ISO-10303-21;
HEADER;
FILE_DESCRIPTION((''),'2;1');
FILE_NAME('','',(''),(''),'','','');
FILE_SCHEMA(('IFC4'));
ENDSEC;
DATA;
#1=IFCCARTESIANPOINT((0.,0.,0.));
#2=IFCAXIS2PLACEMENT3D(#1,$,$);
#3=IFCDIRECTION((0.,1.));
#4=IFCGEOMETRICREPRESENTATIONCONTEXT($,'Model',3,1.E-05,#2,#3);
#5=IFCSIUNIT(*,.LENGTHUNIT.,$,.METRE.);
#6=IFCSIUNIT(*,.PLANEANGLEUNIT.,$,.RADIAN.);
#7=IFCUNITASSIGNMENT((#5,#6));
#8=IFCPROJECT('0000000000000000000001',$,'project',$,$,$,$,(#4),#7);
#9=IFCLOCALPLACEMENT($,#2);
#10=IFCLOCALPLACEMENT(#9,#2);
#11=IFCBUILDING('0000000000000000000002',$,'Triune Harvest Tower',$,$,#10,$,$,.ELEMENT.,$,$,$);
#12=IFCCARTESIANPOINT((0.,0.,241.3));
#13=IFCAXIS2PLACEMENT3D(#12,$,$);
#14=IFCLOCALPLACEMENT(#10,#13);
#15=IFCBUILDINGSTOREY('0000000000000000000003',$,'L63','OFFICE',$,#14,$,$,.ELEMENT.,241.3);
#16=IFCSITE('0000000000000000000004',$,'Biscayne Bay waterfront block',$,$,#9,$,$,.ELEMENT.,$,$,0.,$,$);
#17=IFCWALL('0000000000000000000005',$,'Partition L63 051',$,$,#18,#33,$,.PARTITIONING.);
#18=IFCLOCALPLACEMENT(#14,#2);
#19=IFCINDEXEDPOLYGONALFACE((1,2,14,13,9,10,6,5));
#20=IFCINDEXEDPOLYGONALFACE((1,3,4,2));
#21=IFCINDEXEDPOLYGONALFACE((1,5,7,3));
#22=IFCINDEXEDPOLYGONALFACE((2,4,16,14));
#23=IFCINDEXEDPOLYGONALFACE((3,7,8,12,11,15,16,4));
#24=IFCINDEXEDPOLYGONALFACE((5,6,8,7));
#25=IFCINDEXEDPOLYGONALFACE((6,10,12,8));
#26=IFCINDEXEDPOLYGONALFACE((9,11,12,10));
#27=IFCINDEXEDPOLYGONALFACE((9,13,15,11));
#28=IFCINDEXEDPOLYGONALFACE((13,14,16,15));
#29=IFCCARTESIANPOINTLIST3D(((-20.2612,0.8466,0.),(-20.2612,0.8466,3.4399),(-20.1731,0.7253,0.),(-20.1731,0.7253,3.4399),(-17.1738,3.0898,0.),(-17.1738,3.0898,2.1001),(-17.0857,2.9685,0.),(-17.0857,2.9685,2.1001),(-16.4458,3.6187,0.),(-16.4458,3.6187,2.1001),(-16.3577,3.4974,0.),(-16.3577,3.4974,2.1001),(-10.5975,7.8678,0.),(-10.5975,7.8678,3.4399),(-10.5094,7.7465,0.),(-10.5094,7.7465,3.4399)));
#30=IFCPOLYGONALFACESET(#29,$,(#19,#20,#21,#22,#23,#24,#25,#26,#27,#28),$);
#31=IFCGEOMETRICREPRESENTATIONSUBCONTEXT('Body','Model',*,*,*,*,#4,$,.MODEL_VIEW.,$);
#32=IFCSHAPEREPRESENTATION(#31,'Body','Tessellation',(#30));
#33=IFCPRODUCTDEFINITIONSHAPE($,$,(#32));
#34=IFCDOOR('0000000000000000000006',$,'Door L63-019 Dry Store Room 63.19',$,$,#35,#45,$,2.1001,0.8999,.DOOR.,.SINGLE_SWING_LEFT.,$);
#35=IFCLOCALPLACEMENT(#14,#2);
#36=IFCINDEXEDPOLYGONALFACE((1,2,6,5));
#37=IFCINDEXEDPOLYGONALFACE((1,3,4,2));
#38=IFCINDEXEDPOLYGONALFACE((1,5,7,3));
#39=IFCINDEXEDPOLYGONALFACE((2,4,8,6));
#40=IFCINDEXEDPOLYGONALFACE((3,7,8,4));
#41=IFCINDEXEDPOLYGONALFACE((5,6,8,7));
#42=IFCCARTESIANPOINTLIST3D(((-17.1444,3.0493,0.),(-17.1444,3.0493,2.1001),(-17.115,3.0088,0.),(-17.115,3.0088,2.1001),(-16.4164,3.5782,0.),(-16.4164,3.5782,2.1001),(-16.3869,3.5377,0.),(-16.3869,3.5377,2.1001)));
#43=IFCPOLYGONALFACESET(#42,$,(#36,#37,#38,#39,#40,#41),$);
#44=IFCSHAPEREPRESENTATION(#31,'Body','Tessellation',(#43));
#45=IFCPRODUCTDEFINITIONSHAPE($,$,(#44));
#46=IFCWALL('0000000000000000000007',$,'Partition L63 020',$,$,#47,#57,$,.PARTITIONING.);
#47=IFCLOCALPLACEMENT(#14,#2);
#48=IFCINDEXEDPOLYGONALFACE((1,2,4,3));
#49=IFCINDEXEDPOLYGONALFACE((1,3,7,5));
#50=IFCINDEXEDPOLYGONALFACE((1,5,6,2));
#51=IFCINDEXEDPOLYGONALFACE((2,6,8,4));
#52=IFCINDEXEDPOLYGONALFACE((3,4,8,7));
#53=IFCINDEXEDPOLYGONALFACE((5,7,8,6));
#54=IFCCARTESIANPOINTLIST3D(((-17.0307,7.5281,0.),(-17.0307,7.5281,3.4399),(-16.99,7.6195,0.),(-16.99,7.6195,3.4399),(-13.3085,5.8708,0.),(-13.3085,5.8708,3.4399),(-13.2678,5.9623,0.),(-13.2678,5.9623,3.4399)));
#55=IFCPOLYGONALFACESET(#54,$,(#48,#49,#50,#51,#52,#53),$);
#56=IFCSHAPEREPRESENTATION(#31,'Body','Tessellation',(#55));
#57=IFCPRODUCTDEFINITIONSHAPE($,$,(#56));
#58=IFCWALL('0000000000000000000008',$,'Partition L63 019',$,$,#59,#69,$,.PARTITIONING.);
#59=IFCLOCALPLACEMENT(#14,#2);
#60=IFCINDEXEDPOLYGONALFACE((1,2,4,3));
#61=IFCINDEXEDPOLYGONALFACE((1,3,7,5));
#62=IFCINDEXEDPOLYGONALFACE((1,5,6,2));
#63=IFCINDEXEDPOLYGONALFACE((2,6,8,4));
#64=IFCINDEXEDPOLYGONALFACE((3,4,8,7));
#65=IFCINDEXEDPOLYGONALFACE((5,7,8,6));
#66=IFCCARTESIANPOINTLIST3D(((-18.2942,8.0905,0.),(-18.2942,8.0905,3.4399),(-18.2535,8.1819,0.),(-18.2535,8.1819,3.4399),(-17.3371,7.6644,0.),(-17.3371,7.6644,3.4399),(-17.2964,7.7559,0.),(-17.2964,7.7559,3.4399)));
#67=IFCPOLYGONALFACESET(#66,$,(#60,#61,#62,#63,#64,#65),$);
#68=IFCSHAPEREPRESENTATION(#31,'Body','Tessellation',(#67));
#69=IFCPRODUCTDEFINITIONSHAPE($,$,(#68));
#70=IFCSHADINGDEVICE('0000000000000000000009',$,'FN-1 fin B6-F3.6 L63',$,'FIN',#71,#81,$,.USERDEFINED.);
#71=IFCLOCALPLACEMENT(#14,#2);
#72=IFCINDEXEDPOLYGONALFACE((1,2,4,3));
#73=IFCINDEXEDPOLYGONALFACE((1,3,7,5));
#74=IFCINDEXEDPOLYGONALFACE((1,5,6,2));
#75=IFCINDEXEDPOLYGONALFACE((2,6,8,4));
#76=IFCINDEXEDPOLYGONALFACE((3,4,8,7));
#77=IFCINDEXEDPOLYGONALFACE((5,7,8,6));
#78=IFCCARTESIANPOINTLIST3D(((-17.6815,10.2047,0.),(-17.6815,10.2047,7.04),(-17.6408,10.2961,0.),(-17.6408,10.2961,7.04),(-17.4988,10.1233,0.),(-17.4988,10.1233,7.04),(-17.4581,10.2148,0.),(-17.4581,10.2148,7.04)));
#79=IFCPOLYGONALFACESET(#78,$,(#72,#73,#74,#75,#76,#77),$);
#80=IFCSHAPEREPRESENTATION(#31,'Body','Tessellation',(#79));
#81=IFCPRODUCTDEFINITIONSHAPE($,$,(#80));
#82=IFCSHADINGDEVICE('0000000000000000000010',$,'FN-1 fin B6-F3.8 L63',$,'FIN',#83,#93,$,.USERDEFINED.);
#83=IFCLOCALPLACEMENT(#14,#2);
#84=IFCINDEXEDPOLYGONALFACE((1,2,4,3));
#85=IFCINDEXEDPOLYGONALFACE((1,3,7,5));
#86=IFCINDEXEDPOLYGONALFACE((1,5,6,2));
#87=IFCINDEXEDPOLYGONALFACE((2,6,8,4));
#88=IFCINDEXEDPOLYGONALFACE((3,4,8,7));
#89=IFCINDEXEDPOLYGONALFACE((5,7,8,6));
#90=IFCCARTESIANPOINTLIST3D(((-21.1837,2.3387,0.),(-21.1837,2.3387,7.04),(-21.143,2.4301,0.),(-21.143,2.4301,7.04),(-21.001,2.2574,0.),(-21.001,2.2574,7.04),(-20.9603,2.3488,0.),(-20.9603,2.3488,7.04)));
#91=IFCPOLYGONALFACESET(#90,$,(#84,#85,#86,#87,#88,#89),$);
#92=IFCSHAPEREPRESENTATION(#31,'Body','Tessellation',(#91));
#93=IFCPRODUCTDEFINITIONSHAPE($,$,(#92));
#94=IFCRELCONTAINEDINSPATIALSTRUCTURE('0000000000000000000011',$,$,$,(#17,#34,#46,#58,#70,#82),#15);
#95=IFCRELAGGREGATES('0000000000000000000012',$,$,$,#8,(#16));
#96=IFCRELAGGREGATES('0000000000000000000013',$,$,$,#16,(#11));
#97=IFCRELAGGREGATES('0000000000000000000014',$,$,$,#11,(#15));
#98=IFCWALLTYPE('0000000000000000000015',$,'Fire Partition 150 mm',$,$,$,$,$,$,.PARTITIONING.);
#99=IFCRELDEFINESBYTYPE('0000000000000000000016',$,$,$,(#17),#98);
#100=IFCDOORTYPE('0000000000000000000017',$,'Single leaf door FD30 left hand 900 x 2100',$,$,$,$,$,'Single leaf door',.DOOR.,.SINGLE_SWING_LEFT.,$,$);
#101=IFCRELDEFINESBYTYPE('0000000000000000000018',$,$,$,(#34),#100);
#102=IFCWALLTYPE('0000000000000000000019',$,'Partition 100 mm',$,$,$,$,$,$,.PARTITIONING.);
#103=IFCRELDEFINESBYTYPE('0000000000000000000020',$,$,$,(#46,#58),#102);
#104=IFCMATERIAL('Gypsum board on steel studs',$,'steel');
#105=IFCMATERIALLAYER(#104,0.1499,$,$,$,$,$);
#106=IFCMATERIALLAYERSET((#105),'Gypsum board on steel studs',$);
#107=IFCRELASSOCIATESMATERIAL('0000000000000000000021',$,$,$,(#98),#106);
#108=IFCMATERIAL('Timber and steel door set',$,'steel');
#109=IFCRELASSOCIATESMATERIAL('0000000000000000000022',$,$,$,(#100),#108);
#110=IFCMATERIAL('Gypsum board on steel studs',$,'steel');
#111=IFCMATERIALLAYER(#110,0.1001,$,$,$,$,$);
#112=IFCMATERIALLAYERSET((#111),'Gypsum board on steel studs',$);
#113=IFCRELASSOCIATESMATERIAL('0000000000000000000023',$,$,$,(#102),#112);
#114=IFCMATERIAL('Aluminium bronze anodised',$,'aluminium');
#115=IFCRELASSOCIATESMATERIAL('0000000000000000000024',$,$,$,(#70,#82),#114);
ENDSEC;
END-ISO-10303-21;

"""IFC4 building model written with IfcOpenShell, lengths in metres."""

from ifc_helpers import new_model, si_unit, direction, frame, frame_2d, origin, origin_2d, place, context, subcontext, project, spatial, rectangle, extrude, source, transform, mapped, material, layer, layer_set, type_object, element, fill, save


model = new_model("IFC4")

# Units and contexts
model_context = context("Model", 3, precision=1e-05, world=origin(), true_north=direction((0.0, 1.0)))
body_context = subcontext(model_context, "Body", "Model", "MODEL_VIEW")
ifc_project = project(units=[si_unit("LENGTHUNIT", "METRE"), si_unit("PLANEANGLEUNIT", "RADIAN")], contexts=[model_context])

# Site, building, storey
site_placement = place(None, origin())
site = spatial("IfcSite", under=ifc_project, at=site_placement, Name="Biscayne Bay waterfront block", CompositionType="ELEMENT", RefElevation=0.0)
building_placement = place(site_placement, origin())
building = spatial("IfcBuilding", under=site, at=building_placement, Name="Triune Harvest Tower", CompositionType="ELEMENT")
storey_placement = place(building_placement, frame((0.0, 0.0, 241.3)))
storey = spatial("IfcBuildingStorey", under=building, at=storey_placement, Name="L63", Description="OFFICE", CompositionType="ELEMENT", Elevation=241.3)

# Wall, opening, door
ifc_material_1 = material(Name="Gypsum board on steel studs", Category="steel")
ifc_layer_1 = layer(ifc_material_1, 0.1499)
ifc_layer_set_1 = layer_set([ifc_layer_1], Name="Gypsum board on steel studs")
wall_type_1 = type_object("IfcWallType", Name="Fire Partition 150 mm", PredefinedType="PARTITIONING", material=ifc_layer_set_1)
wall_1_placement = place(storey_placement, frame((-20.2173, 0.7859, 0.0), z_axis=(0.0, 0.0, 1.0), x_axis=(0.809014, 0.587789, 0.0)))
wall_1 = element("IfcWall", 1, at=wall_1_placement, inside=storey, type_object=wall_type_1, Name="Partition L63 051", PredefinedType="PARTITIONING", context=body_context, shape_type="SweptSolid", body=[
    extrude(rectangle(XDim=11.9451, YDim=0.1499, at=frame_2d((5.9727, 0.0))), origin(), (0.0, 0.0, 1.0), 3.4399),
])
opening_1_placement = place(wall_1_placement, frame((3.8164, 0.0, 0.0)))
opening_1 = element("IfcOpeningElement", 2, at=opening_1_placement, cuts=wall_1, PredefinedType="OPENING", context=body_context, shape_type="SweptSolid", body=[
    extrude(rectangle(XDim=0.8999, YDim=2.1001, at=frame_2d((0.45, 1.05))), frame((0.0, 0.085, 0.0), z_axis=(0.0, -1.0, 0.0), x_axis=(1.0, 0.0, 0.0)), (0.0, 0.0, 1.0), 0.1699),
])
ifc_material_2 = material(Name="Timber and steel door set", Category="steel")
door_type_1 = type_object("IfcDoorType", Name="Single leaf door FD30 left hand 900 x 2100", ElementType="Single leaf door", OperationType="SINGLE_SWING_LEFT", PredefinedType="DOOR", material=ifc_material_2)
door_1_placement = place(opening_1_placement, origin())
door_1 = element("IfcDoor", 3, at=door_1_placement, inside=storey, type_object=door_type_1, Name="Door L63-019 Dry Store Room 63.19", OperationType="SINGLE_SWING_LEFT", OverallHeight=2.1001, OverallWidth=0.8999, PredefinedType="DOOR", context=body_context, shape_type="SweptSolid", body=[
    extrude(rectangle(XDim=0.8999, YDim=2.1001, at=frame_2d((0.45, 1.05))), frame((0.0, 0.0249, 0.0), z_axis=(0.0, -1.0, 0.0), x_axis=(1.0, 0.0, 0.0)), (0.0, 0.0, 1.0), 0.05),
])
fill(opening_1, door_1)

# Walls
ifc_material_3 = material(Name="Gypsum board on steel studs", Category="steel")
ifc_layer_2 = layer(ifc_material_3, 0.1001)
ifc_layer_set_2 = layer_set([ifc_layer_2], Name="Gypsum board on steel studs")
wall_type_2 = type_object("IfcWallType", Name="Partition 100 mm", PredefinedType="PARTITIONING", material=ifc_layer_set_2)
wall_2_placement = place(storey_placement, frame((-17.0103, 7.5737, 0.0), z_axis=(0.0, 0.0, 1.0), x_axis=(0.913544, -0.406739, 0.0)))
element("IfcWall", 4, at=wall_2_placement, inside=storey, type_object=wall_type_2, Name="Partition L63 020", PredefinedType="PARTITIONING", context=body_context, shape_type="SweptSolid", body=[
    extrude(rectangle(XDim=4.0745, YDim=0.1001, at=frame_2d((2.0371, 0.0))), origin(), (0.0, 0.0, 1.0), 3.4399),
])
shared_shape_1 = source(origin(), body_context, "Body", "SweptSolid", [
    extrude(rectangle(XDim=1.0476, YDim=0.1001, at=frame_2d((0.5239, 0.0))), origin(), (0.0, 0.0, 1.0), 3.4399),
])
wall_3_placement = place(storey_placement, frame((-18.2739, 8.1362, 0.0), z_axis=(0.0, 0.0, 1.0), x_axis=(0.913571, -0.406679, 0.0)))
element("IfcWall", 5, at=wall_3_placement, inside=storey, type_object=wall_type_2, Name="Partition L63 019", PredefinedType="PARTITIONING", context=body_context, shape_type="MappedRepresentation", body=[
    mapped(shared_shape_1, transform((0.0, 0.0, 0.0), scale=1.0)),
])

# Shading devices
ifc_material_4 = material(Name="Aluminium bronze anodised", Category="aluminium")
shared_shape_2 = source(origin(), body_context, "Body", "SweptSolid", [
    extrude(rectangle(XDim=0.1001, YDim=0.2, at=origin_2d()), origin(), (0.0, 0.0, 1.0), 7.04),
])
for number, where, z_axis, x_axis, name in (
    (6, (-17.5698, 10.2097, 0.0), (0.0, 0.0, 1.0), (-0.406738, -0.913545, 0.0), "FN-1 fin B6-F3.6 L63"),
    (7, (-21.072, 2.3438, 0.0), (0.0, 0.0, 1.0), (-0.406738, -0.913545, 0.0), "FN-1 fin B6-F3.8 L63"),
):
    element("IfcShadingDevice", number, at=place(storey_placement, frame(where, z_axis=z_axis, x_axis=x_axis)), inside=storey, material=ifc_material_4, Name=name, ObjectType="FIN", PredefinedType="USERDEFINED", context=body_context, shape_type="MappedRepresentation", body=[
        mapped(shared_shape_2, transform((0.0, 0.0, 0.0), scale=1.0)),
    ])

save(model, "model.ifc")
